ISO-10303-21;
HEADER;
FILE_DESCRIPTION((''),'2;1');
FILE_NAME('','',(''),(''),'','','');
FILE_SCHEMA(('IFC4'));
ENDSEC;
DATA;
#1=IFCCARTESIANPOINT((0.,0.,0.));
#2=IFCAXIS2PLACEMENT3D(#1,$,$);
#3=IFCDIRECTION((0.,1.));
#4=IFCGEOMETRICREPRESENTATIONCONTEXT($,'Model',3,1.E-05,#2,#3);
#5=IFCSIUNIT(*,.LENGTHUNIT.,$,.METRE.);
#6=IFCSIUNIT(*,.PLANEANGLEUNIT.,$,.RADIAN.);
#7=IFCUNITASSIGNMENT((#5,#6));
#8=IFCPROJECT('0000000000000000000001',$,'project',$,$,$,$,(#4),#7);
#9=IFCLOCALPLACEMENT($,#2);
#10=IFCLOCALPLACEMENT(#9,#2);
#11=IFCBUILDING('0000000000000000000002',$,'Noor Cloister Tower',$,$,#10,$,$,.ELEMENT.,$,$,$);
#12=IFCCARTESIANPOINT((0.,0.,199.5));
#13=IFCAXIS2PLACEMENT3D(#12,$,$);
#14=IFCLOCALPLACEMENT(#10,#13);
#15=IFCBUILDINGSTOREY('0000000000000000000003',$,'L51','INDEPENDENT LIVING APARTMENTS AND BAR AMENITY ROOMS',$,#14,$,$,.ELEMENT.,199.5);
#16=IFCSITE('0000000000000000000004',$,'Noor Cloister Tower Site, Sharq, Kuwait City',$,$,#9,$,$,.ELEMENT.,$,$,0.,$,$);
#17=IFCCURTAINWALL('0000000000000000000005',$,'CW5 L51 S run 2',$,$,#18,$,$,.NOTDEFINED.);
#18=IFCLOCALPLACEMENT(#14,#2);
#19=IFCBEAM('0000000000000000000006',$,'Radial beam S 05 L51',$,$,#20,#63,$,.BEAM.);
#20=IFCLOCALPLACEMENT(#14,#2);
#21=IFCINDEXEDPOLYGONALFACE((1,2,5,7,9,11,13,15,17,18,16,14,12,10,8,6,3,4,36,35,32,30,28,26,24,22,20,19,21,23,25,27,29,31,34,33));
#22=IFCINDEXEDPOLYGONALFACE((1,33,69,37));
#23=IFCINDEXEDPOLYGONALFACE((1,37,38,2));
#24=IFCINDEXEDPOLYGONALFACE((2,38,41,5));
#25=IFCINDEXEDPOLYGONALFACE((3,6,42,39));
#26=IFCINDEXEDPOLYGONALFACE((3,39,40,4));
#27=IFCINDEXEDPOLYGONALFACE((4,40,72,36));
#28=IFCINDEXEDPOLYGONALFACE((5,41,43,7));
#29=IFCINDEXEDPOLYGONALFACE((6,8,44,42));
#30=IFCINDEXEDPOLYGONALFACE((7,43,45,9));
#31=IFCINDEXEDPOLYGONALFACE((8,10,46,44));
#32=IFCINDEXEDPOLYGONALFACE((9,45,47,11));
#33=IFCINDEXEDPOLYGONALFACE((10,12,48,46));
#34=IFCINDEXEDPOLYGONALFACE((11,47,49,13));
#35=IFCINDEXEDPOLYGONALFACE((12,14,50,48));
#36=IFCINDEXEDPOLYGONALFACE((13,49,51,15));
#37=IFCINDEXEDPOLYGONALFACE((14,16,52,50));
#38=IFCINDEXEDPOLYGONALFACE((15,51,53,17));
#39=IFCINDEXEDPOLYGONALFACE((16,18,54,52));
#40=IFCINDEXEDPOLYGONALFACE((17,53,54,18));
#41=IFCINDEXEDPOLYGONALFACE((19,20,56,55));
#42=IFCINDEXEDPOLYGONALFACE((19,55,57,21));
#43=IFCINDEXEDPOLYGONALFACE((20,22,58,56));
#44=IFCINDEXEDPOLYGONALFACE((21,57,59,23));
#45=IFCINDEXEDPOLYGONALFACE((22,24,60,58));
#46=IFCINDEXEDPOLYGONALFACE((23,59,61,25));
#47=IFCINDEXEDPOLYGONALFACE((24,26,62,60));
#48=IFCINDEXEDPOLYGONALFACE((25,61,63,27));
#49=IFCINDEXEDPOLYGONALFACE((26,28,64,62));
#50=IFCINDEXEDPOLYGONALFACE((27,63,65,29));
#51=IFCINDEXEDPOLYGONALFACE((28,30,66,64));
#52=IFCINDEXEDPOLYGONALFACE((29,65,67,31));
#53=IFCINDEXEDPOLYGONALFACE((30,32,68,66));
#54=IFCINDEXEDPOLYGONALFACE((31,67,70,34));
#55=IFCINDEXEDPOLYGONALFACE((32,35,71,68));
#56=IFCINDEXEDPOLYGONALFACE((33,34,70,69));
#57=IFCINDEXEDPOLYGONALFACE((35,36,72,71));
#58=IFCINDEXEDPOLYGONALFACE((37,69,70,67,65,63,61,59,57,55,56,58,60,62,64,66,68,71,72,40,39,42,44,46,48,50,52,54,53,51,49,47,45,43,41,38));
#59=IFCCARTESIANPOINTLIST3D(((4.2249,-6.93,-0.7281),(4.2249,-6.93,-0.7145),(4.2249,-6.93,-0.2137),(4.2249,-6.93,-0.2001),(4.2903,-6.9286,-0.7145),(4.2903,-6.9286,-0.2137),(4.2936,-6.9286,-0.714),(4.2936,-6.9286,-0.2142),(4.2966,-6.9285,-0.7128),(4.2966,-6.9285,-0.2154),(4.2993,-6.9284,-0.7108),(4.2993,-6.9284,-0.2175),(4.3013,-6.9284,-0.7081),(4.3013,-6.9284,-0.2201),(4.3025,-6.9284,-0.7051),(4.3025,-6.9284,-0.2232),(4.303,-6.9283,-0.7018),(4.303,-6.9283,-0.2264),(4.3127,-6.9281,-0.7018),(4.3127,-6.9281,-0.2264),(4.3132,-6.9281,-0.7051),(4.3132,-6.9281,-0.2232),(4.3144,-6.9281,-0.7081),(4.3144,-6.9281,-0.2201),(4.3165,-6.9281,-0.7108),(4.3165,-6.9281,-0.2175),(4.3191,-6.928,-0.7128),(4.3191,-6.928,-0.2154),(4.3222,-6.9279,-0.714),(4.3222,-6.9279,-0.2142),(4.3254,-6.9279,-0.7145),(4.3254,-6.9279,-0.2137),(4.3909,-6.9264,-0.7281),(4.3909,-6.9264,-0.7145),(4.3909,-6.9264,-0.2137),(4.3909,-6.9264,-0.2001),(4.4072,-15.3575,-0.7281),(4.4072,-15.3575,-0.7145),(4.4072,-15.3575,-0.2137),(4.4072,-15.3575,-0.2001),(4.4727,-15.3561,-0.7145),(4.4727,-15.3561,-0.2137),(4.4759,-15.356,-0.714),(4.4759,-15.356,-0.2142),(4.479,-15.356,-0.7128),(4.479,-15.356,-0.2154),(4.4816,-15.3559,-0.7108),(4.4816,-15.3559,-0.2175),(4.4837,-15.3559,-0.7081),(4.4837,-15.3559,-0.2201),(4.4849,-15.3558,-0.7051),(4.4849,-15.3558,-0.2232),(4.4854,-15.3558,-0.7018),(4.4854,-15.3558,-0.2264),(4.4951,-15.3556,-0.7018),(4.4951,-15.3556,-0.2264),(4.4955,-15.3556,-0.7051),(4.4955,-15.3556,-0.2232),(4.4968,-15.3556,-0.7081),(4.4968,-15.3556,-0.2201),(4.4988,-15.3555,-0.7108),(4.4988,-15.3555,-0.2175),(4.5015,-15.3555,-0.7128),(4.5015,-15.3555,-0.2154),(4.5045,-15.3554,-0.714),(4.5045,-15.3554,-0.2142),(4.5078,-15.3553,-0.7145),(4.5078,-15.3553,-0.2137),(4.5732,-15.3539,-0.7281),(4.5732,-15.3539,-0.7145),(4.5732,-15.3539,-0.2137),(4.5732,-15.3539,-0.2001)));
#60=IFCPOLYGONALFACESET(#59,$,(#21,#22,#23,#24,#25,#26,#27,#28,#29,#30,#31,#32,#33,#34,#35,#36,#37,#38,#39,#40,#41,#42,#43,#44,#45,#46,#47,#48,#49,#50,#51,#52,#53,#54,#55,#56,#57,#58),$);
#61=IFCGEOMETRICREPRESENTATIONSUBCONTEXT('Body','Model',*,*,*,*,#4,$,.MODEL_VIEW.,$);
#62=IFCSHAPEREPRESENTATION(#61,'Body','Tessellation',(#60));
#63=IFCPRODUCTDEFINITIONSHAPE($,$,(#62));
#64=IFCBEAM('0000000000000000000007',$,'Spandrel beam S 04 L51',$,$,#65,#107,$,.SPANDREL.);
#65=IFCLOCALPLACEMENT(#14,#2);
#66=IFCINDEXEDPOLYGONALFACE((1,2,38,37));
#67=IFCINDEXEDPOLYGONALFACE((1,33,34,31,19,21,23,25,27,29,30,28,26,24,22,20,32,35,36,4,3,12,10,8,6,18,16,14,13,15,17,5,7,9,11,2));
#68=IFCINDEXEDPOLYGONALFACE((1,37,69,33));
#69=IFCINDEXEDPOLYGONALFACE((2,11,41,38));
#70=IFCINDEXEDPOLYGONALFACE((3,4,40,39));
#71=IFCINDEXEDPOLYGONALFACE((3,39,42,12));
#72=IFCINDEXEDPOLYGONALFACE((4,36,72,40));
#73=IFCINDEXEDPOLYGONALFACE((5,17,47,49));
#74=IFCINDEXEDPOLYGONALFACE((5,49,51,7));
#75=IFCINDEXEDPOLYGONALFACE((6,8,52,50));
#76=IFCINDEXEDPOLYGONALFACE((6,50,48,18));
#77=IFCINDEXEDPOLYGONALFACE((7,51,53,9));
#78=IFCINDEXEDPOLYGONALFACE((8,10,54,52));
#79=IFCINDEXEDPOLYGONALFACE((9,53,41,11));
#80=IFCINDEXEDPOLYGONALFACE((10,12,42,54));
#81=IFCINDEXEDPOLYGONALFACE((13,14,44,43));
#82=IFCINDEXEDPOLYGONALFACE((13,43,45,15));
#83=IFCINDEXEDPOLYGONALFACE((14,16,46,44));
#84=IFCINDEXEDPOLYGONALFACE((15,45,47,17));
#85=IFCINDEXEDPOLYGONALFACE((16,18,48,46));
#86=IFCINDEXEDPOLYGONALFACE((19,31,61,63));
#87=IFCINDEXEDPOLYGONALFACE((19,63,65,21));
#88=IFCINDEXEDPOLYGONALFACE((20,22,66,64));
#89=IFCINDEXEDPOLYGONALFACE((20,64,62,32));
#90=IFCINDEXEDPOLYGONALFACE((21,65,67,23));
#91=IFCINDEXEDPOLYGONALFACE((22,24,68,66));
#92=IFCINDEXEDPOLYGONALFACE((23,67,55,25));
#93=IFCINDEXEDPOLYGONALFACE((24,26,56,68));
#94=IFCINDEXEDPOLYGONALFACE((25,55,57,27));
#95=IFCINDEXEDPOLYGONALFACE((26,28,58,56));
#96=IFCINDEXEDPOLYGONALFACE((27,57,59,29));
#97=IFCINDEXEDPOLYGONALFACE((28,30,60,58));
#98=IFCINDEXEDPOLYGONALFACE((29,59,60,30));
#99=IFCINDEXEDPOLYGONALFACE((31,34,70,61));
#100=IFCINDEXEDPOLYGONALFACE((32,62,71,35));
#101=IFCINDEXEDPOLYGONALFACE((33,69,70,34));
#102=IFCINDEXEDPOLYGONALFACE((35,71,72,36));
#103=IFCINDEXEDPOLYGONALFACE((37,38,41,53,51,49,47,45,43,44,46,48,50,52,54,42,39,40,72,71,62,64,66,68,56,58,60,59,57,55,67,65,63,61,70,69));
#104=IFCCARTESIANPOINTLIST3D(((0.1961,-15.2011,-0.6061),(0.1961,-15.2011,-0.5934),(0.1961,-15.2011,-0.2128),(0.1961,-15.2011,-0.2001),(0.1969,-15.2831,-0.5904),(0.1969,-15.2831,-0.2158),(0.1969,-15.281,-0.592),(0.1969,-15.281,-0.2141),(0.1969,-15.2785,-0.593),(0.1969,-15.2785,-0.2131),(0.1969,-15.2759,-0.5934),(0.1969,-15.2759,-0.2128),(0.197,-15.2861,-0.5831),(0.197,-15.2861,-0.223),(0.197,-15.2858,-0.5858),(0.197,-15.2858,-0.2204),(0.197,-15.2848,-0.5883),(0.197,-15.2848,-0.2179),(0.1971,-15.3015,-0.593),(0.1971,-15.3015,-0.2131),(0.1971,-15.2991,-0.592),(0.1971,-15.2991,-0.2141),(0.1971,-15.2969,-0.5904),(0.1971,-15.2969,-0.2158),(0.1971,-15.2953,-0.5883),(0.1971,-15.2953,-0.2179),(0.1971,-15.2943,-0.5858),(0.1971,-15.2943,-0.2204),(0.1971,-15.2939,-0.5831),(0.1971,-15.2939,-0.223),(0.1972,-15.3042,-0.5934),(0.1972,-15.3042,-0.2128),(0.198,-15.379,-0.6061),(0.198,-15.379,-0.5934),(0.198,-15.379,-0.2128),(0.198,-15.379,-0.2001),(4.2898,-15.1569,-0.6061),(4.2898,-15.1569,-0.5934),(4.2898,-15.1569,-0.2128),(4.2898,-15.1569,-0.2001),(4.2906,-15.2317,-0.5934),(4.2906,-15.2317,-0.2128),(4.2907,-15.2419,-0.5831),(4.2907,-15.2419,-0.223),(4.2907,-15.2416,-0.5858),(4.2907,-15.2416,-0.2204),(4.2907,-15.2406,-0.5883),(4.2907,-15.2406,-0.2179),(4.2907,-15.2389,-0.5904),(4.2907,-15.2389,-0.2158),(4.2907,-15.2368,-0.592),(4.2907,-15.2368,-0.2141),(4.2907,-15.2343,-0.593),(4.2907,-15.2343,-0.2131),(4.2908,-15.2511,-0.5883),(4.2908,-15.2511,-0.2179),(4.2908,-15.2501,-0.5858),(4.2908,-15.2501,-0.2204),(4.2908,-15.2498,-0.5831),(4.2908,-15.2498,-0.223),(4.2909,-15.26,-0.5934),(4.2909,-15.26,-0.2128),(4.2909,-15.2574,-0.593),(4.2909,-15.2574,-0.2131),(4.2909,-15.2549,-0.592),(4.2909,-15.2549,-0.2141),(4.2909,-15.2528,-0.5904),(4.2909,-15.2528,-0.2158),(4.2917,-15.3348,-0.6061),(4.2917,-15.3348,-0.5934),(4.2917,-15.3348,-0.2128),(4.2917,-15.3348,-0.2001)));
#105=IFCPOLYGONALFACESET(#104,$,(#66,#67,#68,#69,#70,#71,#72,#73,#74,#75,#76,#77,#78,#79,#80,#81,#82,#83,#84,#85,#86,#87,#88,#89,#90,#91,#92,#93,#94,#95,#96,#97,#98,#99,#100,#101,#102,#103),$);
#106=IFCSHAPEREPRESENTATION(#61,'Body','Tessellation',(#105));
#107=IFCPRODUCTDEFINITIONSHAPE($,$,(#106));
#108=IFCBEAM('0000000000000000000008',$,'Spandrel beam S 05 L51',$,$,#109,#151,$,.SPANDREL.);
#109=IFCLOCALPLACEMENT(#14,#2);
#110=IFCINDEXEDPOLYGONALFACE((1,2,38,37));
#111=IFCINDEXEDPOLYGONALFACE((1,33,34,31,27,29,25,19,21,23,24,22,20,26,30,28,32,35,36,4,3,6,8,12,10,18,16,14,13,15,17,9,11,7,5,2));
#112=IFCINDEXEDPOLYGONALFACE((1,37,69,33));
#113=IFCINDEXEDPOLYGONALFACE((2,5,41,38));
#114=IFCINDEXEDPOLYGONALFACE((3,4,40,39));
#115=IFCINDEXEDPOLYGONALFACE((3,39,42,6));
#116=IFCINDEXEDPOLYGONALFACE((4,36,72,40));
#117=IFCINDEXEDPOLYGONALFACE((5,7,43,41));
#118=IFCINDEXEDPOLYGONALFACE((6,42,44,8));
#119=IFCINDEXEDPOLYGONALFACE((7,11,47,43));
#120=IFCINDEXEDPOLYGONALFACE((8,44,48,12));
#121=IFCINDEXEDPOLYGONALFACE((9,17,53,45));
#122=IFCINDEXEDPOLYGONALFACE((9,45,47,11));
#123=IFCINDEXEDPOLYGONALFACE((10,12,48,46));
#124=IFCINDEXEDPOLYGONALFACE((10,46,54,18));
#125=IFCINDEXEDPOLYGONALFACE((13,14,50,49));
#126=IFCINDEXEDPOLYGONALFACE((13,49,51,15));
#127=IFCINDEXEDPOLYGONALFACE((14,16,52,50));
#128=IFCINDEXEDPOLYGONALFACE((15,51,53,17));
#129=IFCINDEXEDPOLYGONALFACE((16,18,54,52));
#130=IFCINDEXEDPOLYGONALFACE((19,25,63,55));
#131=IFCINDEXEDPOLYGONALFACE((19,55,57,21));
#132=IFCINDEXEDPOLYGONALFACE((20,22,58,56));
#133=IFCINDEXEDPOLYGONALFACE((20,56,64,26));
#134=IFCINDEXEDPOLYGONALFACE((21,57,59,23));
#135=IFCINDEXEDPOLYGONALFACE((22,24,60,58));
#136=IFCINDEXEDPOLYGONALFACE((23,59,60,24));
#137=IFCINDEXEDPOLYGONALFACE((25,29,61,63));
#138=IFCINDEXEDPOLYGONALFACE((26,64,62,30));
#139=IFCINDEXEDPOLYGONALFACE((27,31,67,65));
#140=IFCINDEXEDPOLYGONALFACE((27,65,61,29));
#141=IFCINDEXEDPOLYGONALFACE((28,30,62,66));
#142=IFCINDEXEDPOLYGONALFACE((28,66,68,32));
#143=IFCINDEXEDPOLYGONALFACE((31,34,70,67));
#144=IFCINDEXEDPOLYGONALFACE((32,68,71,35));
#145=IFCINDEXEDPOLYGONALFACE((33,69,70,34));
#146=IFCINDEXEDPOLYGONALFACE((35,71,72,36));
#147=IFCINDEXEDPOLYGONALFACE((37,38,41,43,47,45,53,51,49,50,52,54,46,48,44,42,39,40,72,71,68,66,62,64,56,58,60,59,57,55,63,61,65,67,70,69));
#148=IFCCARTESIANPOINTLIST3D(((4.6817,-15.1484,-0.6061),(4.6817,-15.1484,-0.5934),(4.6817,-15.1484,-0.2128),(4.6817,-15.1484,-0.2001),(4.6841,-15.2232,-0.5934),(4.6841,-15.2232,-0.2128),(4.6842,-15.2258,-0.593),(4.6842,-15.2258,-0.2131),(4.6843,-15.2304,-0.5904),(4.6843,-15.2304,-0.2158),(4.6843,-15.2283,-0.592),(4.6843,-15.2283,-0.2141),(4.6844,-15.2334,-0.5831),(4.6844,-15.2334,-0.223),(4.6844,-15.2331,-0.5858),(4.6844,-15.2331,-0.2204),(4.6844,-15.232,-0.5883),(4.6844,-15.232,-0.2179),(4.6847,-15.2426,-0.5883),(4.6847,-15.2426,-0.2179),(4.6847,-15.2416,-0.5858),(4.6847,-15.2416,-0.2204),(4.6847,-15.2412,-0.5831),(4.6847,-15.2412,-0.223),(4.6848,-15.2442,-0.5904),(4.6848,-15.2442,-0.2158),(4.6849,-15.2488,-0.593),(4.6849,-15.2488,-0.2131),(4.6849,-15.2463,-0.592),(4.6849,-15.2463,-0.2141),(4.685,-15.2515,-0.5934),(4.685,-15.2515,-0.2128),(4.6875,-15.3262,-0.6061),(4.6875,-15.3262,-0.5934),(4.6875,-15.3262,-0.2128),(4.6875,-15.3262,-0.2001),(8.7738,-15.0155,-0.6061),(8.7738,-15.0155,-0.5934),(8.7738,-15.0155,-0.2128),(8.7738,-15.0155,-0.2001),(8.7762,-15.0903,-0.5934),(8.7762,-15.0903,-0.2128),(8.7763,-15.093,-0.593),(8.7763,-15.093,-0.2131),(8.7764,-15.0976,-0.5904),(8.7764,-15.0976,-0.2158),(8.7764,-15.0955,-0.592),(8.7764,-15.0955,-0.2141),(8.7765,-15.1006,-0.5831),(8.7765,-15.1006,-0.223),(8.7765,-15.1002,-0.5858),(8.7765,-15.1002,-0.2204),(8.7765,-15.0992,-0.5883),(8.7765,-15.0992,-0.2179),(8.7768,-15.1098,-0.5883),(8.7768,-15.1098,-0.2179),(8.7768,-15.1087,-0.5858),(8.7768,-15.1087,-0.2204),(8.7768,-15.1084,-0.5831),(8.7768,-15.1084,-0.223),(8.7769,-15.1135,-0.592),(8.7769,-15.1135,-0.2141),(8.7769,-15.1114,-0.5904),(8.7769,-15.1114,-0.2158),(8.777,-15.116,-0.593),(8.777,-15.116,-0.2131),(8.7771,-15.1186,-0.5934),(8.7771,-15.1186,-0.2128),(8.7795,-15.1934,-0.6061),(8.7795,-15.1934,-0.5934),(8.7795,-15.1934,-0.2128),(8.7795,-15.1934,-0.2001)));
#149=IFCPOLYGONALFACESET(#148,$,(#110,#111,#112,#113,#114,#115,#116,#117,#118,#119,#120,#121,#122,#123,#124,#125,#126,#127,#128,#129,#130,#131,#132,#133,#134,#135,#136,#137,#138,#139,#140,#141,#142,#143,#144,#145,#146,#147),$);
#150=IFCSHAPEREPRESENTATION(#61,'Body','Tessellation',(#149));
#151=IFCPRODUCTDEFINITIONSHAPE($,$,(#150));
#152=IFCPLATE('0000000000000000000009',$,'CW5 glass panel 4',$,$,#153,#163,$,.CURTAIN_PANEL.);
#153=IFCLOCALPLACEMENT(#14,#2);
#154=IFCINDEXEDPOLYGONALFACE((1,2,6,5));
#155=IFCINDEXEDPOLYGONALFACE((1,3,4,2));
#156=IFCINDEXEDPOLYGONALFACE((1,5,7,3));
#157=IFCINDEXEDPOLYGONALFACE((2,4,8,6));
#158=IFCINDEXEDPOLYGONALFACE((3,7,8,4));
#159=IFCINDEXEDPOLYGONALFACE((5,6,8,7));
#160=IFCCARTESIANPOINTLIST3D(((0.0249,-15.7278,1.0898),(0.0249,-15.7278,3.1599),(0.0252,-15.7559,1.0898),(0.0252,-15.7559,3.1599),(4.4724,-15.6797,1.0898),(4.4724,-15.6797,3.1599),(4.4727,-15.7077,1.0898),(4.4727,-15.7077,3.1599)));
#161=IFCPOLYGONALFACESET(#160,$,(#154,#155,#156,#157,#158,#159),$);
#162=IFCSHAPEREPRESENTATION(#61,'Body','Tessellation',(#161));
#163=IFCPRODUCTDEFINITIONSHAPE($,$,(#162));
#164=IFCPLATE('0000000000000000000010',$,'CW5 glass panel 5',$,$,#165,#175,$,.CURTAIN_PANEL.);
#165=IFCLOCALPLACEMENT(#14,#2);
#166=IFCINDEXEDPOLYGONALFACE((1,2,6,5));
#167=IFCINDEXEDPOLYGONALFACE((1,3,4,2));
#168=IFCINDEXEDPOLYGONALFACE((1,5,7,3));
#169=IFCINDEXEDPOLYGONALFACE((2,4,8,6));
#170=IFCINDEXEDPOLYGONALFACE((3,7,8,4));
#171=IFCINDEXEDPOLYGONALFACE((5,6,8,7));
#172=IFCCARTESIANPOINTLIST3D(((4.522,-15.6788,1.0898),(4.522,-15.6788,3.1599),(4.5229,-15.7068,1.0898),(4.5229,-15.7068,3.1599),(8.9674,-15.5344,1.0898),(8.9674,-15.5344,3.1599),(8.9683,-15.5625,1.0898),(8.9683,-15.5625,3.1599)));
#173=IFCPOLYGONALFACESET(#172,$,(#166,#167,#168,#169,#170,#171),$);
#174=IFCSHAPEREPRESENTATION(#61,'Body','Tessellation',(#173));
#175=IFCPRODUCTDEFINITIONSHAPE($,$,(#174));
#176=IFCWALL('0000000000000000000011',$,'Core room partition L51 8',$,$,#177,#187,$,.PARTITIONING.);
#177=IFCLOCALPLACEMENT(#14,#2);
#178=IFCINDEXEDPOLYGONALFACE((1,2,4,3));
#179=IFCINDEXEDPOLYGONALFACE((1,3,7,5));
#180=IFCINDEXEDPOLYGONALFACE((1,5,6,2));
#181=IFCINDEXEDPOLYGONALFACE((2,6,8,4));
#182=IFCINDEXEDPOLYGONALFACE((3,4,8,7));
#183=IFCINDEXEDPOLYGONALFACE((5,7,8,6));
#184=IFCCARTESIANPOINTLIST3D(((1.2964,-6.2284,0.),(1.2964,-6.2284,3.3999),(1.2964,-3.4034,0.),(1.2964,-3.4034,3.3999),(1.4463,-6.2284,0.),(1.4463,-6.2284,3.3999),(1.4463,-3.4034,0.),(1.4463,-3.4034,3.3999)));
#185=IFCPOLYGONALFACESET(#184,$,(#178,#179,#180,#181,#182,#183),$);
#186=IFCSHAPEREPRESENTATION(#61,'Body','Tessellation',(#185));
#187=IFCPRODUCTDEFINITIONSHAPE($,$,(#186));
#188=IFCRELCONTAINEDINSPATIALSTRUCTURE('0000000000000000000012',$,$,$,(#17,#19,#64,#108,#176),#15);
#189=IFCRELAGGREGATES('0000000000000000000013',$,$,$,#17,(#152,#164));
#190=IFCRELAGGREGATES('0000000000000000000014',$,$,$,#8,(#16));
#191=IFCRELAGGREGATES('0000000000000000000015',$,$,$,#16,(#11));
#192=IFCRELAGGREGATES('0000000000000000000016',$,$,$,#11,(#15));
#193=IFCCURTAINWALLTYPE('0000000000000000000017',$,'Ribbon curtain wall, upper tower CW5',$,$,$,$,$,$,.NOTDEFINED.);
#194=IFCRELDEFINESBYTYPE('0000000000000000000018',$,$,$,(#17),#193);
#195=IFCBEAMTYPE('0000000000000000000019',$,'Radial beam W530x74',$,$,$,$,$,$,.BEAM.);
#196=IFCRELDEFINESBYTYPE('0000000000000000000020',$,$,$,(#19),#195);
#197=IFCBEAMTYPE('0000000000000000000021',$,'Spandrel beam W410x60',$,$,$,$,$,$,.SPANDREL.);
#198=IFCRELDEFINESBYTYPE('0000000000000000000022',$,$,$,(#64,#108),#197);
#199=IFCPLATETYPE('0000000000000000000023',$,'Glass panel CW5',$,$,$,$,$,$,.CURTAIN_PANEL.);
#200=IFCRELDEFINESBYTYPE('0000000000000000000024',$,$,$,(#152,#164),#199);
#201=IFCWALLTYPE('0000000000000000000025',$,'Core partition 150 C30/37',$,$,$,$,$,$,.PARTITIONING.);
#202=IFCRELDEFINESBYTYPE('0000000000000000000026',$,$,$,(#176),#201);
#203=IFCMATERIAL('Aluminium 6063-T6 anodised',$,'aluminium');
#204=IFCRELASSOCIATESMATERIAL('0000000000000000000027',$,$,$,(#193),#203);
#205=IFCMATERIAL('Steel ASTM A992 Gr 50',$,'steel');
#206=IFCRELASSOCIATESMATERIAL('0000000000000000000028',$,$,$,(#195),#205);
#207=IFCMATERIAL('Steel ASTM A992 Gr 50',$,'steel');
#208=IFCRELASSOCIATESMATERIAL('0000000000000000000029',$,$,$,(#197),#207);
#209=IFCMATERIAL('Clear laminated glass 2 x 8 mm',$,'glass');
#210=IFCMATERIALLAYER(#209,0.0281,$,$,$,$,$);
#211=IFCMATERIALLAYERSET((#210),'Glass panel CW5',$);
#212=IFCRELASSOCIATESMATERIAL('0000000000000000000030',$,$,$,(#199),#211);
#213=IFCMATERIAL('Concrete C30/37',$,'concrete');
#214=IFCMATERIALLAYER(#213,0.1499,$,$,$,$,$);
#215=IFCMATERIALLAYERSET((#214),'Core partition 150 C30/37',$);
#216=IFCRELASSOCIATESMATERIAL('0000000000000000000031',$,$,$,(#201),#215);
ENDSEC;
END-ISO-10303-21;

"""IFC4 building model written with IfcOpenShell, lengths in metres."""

from ifc_helpers import new_model, si_unit, direction, frame, frame_2d, origin, origin_2d, place, context, subcontext, project, spatial, rectangle, i_section, extrude, material, layer, layer_set, material_profile, profile_set, type_object, element, aggregate, save


model = new_model("IFC4")

# Units and contexts
model_context = context("Model", 3, precision=1e-05, world=origin(), true_north=direction((0.0, 1.0)))
body_context = subcontext(model_context, "Body", "Model", "MODEL_VIEW")
ifc_project = project(units=[si_unit("LENGTHUNIT", "METRE"), si_unit("PLANEANGLEUNIT", "RADIAN")], contexts=[model_context])

# Site, building, storey
site_placement = place(None, origin())
site = spatial("IfcSite", under=ifc_project, at=site_placement, Name="Noor Cloister Tower Site, Sharq, Kuwait City", CompositionType="ELEMENT", RefElevation=0.0)
building_placement = place(site_placement, origin())
building = spatial("IfcBuilding", under=site, at=building_placement, Name="Noor Cloister Tower", CompositionType="ELEMENT")
storey_placement = place(building_placement, frame((0.0, 0.0, 199.5)))
storey = spatial("IfcBuildingStorey", under=building, at=storey_placement, Name="L51", Description="INDEPENDENT LIVING APARTMENTS AND BAR AMENITY ROOMS", CompositionType="ELEMENT", Elevation=199.5)

# Curtain wall
ifc_material_1 = material(Name="Aluminium 6063-T6 anodised", Category="aluminium")
curtain_wall_type = type_object("IfcCurtainWallType", Name="Ribbon curtain wall, upper tower CW5", PredefinedType="NOTDEFINED", material=ifc_material_1)
curtain_wall_placement = place(storey_placement, origin())
curtain_wall = element("IfcCurtainWall", 1, at=curtain_wall_placement, inside=storey, type_object=curtain_wall_type, Name="CW5 L51 S run 2", PredefinedType="NOTDEFINED")

# Beams
ifc_material_2 = material(Name="Steel ASTM A992 Gr 50", Category="steel")
ifc_material_profile_1 = material_profile(ifc_material_2, i_section(OverallWidth=0.166, OverallDepth=0.5281, WebThickness=0.0098, FlangeThickness=0.0137, FilletRadius=0.0127, at=origin_2d()), Name="W530x74")
ifc_profile_set_1 = profile_set([ifc_material_profile_1], Name="Steel ASTM A992 Gr 50")
beam_type_1 = type_object("IfcBeamType", Name="Radial beam W530x74", PredefinedType="BEAM", material=ifc_profile_set_1)
beam_1_placement = place(storey_placement, frame((4.4902, -15.3557, -0.4641), z_axis=(-0.021635, 0.999766, 0.0), x_axis=(-0.999766, -0.021635, 0.0)))
element("IfcBeam", 2, at=beam_1_placement, inside=storey, type_object=beam_type_1, Name="Radial beam S 05 L51", PredefinedType="BEAM", context=body_context, shape_type="SweptSolid", body=[
    extrude(i_section(OverallWidth=0.166, OverallDepth=0.5281, WebThickness=0.0098, FlangeThickness=0.0137, FilletRadius=0.0127, at=origin_2d()), origin(), (0.0, 0.0, 1.0), 8.4294),
])
ifc_material_3 = material(Name="Steel ASTM A992 Gr 50", Category="steel")
ifc_material_profile_2 = material_profile(ifc_material_3, i_section(OverallWidth=0.178, OverallDepth=0.406, WebThickness=0.0078, FlangeThickness=0.0127, FilletRadius=0.0103, at=origin_2d()), Name="W410x60")
ifc_profile_set_2 = profile_set([ifc_material_profile_2], Name="Steel ASTM A992 Gr 50")
beam_type_2 = type_object("IfcBeamType", Name="Spandrel beam W410x60", PredefinedType="SPANDREL", material=ifc_profile_set_2)
beam_2_placement = place(storey_placement, frame((0.197, -15.29, -0.4031), z_axis=(0.999942, 0.010794, 0.0), x_axis=(-0.010794, 0.999942, 0.0)))
element("IfcBeam", 3, at=beam_2_placement, inside=storey, type_object=beam_type_2, Name="Spandrel beam S 04 L51", PredefinedType="SPANDREL", context=body_context, shape_type="SweptSolid", body=[
    extrude(i_section(OverallWidth=0.178, OverallDepth=0.406, WebThickness=0.0078, FlangeThickness=0.0127, FilletRadius=0.0103, at=origin_2d()), origin(), (0.0, 0.0, 1.0), 4.094),
])
beam_3_placement = place(storey_placement, frame((4.6846, -15.2373, -0.4031), z_axis=(0.999474, 0.032439, 0.0), x_axis=(-0.032439, 0.999474, 0.0)))
element("IfcBeam", 4, at=beam_3_placement, inside=storey, type_object=beam_type_2, Name="Spandrel beam S 05 L51", PredefinedType="SPANDREL", context=body_context, shape_type="SweptSolid", body=[
    extrude(i_section(OverallWidth=0.178, OverallDepth=0.406, WebThickness=0.0078, FlangeThickness=0.0127, FilletRadius=0.0103, at=origin_2d()), origin(), (0.0, 0.0, 1.0), 4.0942),
])

# Plates
ifc_material_4 = material(Name="Clear laminated glass 2 x 8 mm", Category="glass")
ifc_layer_1 = layer(ifc_material_4, 0.0281)
ifc_layer_set_1 = layer_set([ifc_layer_1], Name="Glass panel CW5")
plate_type = type_object("IfcPlateType", Name="Glass panel CW5", PredefinedType="CURTAIN_PANEL", material=ifc_layer_set_1)
plate_1_placement = place(storey_placement, frame((2.2488, -15.7178, 1.0898), z_axis=(0.0, 0.0, 1.0), x_axis=(0.999941, 0.01082, 0.0)))
plate_1 = element("IfcPlate", 5, at=plate_1_placement, type_object=plate_type, Name="CW5 glass panel 4", PredefinedType="CURTAIN_PANEL", context=body_context, shape_type="SweptSolid", body=[
    extrude(rectangle(XDim=4.4478, YDim=0.0281, at=origin_2d()), origin(), (0.0, 0.0, 1.0), 2.0701),
])
plate_2_placement = place(storey_placement, frame((6.7451, -15.6206, 1.0898), z_axis=(0.0, 0.0, 1.0), x_axis=(0.999473, 0.032455, 0.0)))
plate_2 = element("IfcPlate", 6, at=plate_2_placement, type_object=plate_type, Name="CW5 glass panel 5", PredefinedType="CURTAIN_PANEL", context=body_context, shape_type="SweptSolid", body=[
    extrude(rectangle(XDim=4.4478, YDim=0.0281, at=origin_2d()), origin(), (0.0, 0.0, 1.0), 2.0701),
])
aggregate(curtain_wall, [plate_1, plate_2])

# Wall
ifc_material_5 = material(Name="Concrete C30/37", Category="concrete")
ifc_layer_2 = layer(ifc_material_5, 0.1499)
ifc_layer_set_2 = layer_set([ifc_layer_2], Name="Core partition 150 C30/37")
wall_type_1 = type_object("IfcWallType", Name="Core partition 150 C30/37", PredefinedType="PARTITIONING", material=ifc_layer_set_2)
wall_1_placement = place(storey_placement, frame((1.3713, -3.4033, 0.0), z_axis=(0.0, 0.0, 1.0), x_axis=(0.0, -1.0, 0.0)))
element("IfcWall", 7, at=wall_1_placement, inside=storey, type_object=wall_type_1, Name="Core room partition L51 8", PredefinedType="PARTITIONING", context=body_context, shape_type="SweptSolid", body=[
    extrude(rectangle(XDim=2.825, YDim=0.1499, at=frame_2d((1.4126, 0.0))), origin(), (0.0, 0.0, 1.0), 3.3999),
])

save(model, "model.ifc")
